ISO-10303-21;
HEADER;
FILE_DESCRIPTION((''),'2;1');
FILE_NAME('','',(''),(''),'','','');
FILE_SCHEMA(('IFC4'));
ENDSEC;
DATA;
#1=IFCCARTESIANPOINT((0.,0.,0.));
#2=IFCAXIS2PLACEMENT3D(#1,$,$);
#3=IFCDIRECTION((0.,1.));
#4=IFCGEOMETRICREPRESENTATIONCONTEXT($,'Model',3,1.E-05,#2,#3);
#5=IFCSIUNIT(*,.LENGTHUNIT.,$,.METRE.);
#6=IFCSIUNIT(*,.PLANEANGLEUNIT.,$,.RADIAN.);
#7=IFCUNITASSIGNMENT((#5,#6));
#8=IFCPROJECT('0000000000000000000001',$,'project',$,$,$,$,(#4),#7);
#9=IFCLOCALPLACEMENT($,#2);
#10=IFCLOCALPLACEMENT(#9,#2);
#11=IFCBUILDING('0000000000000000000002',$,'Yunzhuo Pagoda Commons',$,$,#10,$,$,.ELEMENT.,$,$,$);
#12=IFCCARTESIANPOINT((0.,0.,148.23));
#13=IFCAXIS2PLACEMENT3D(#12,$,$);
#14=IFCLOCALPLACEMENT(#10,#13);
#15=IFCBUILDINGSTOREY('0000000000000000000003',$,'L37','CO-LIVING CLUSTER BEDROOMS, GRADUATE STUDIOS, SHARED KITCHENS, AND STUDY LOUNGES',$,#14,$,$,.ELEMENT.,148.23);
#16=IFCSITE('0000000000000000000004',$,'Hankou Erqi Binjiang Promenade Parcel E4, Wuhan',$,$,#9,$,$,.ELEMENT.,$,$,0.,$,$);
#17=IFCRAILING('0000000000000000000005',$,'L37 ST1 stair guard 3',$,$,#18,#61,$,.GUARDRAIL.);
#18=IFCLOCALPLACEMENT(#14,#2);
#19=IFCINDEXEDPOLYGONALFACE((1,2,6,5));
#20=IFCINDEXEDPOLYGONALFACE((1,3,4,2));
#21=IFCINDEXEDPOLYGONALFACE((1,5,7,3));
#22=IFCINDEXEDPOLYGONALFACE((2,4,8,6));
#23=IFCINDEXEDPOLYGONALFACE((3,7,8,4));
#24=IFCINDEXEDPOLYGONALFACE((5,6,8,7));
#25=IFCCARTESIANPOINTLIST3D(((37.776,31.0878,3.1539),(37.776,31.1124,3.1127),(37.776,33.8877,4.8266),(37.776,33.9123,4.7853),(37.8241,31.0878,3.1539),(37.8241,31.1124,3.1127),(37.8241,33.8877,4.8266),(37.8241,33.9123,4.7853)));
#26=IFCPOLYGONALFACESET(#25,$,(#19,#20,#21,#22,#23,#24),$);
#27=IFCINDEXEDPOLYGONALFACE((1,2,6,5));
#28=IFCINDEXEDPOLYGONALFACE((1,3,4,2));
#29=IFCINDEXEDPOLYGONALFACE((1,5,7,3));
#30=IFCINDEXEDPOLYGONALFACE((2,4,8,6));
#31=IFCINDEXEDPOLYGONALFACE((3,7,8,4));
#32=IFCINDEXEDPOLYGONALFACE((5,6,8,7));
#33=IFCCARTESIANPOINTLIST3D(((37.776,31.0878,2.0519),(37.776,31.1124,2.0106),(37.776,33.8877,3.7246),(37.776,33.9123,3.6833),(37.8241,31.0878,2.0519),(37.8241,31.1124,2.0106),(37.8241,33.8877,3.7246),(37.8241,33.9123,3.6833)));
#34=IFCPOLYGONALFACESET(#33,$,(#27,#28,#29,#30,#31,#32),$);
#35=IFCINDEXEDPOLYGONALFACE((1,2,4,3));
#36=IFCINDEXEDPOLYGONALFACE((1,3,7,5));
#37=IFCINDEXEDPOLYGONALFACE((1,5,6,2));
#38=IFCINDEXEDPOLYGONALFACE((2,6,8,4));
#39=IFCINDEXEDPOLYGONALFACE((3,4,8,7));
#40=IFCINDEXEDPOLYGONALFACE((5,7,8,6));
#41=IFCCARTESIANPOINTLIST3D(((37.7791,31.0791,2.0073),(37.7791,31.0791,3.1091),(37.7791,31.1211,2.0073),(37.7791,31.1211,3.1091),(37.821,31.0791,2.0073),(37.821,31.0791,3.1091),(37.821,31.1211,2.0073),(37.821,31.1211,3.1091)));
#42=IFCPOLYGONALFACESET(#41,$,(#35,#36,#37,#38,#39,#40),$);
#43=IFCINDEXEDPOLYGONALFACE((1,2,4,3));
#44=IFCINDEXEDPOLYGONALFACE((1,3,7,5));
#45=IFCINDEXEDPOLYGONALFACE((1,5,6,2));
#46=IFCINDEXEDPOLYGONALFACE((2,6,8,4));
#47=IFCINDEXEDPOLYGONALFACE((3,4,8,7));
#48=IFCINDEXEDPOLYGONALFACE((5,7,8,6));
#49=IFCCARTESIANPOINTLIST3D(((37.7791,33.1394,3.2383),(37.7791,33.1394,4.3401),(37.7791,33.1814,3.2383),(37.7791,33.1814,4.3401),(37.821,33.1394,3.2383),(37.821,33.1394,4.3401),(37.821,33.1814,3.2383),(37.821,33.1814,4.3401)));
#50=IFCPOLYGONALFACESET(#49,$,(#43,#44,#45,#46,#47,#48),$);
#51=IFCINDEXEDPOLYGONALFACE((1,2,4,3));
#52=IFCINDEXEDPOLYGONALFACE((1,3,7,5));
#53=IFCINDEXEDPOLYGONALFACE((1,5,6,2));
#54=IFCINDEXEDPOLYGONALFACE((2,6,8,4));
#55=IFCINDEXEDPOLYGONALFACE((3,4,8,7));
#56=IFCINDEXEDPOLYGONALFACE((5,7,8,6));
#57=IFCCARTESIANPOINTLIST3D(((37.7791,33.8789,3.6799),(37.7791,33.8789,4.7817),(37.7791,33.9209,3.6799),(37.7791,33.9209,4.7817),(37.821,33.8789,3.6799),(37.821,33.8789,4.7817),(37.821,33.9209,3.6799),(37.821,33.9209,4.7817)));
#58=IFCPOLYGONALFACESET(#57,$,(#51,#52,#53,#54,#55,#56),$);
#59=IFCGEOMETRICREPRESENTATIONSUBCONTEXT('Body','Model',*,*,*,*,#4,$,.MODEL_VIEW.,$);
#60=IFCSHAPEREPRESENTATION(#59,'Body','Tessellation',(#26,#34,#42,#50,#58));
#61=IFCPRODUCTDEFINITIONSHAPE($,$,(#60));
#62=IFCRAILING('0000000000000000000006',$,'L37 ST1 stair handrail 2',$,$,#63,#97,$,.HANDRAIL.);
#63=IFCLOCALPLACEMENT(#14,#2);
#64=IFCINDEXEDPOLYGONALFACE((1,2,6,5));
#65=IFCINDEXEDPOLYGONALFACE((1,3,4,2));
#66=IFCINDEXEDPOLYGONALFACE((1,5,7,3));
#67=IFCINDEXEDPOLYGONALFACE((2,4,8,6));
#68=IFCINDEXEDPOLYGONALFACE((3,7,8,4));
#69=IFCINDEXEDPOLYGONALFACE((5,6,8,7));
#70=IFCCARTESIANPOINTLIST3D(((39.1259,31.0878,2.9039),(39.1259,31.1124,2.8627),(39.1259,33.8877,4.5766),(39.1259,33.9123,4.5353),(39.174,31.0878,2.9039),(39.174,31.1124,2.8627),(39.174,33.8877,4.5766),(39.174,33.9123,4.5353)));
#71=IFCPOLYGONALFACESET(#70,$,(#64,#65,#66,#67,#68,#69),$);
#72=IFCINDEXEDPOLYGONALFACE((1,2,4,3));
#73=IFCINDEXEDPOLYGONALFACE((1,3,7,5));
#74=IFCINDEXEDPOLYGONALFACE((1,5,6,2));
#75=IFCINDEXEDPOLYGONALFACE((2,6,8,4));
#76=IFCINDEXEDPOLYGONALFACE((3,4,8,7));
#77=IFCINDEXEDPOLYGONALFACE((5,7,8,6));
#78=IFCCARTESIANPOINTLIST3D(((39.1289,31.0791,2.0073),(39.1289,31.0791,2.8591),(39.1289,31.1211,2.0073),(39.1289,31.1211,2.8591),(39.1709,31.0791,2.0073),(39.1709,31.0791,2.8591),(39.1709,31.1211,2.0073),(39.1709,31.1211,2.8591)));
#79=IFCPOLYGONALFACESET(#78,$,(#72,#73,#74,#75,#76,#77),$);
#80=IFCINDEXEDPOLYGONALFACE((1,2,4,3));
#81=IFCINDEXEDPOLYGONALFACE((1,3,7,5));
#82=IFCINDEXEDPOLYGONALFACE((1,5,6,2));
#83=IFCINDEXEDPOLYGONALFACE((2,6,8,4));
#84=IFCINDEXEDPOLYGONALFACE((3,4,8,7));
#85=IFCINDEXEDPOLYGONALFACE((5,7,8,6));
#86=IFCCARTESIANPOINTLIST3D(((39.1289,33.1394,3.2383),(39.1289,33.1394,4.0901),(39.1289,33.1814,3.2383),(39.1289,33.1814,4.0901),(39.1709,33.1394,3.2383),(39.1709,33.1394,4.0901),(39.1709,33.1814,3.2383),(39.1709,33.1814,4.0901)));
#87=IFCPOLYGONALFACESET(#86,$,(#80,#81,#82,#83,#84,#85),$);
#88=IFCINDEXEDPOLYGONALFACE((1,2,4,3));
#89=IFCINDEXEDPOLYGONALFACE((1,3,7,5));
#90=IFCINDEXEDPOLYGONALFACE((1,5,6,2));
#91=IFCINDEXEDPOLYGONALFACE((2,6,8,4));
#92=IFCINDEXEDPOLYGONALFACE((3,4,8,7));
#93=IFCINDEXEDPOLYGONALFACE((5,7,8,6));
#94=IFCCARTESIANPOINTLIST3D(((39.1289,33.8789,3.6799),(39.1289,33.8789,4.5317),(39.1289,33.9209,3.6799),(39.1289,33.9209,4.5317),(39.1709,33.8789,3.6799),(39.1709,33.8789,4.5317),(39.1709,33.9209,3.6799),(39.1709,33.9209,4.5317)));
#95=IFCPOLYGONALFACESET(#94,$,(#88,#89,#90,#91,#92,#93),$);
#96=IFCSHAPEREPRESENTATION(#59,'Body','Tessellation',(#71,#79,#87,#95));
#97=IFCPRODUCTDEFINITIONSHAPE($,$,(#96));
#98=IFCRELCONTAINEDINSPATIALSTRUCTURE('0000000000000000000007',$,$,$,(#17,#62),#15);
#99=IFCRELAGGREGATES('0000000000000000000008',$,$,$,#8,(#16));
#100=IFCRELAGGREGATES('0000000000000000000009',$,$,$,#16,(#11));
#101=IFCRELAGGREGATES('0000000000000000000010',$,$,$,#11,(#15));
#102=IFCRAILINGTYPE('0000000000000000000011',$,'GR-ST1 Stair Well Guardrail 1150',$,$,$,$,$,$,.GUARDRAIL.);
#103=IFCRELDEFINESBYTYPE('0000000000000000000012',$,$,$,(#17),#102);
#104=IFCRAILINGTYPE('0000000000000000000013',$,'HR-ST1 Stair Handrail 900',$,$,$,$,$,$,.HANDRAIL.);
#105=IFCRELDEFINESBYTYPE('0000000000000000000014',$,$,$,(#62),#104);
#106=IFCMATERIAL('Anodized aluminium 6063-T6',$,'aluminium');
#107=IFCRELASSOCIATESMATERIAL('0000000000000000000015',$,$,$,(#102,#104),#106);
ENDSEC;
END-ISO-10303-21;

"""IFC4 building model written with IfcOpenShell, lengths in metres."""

from ifc_helpers import new_model, si_unit, direction, frame, origin, origin_2d, place, context, subcontext, project, spatial, rectangle, extrude, material, type_object, element, save


model = new_model("IFC4")

# Units and contexts
model_context = context("Model", 3, precision=1e-05, world=origin(), true_north=direction((0.0, 1.0)))
body_context = subcontext(model_context, "Body", "Model", "MODEL_VIEW")
ifc_project = project(units=[si_unit("LENGTHUNIT", "METRE"), si_unit("PLANEANGLEUNIT", "RADIAN")], contexts=[model_context])

# Site, building, storey
site_placement = place(None, origin())
site = spatial("IfcSite", under=ifc_project, at=site_placement, Name="Hankou Erqi Binjiang Promenade Parcel E4, Wuhan", CompositionType="ELEMENT", RefElevation=0.0)
building_placement = place(site_placement, origin())
building = spatial("IfcBuilding", under=site, at=building_placement, Name="Yunzhuo Pagoda Commons", CompositionType="ELEMENT")
storey_placement = place(building_placement, frame((0.0, 0.0, 148.23)))
storey = spatial("IfcBuildingStorey", under=building, at=storey_placement, Name="L37", Description="CO-LIVING CLUSTER BEDROOMS, GRADUATE STUDIOS, SHARED KITCHENS, AND STUDY LOUNGES", CompositionType="ELEMENT", Elevation=148.23)

# Railings
ifc_material_1 = material(Name="Anodized aluminium 6063-T6", Category="aluminium")
railing_type_1 = type_object("IfcRailingType", Name="GR-ST1 Stair Well Guardrail 1150", PredefinedType="GUARDRAIL", material=ifc_material_1)
railing_1_placement = place(storey_placement, frame((37.8, 31.1001, 2.0073)))
element("IfcRailing", 1, at=railing_1_placement, inside=storey, type_object=railing_type_1, Name="L37 ST1 stair guard 3", PredefinedType="GUARDRAIL", context=body_context, shape_type="SweptSolid", body=[
    extrude(rectangle(XDim=0.0481, YDim=0.0481, at=origin_2d()), frame((0.0, 0.0, 1.126), z_axis=(0.0, 0.858476, 0.512855), x_axis=(-1.0, 0.0, 0.0)), (0.0, 0.0, 1.0), 3.2615),
    extrude(rectangle(XDim=0.0481, YDim=0.0481, at=origin_2d()), frame((0.0, 0.0, 0.0239), z_axis=(0.0, 0.858476, 0.512855), x_axis=(-1.0, 0.0, 0.0)), (0.0, 0.0, 1.0), 3.2615),
    extrude(rectangle(XDim=0.042, YDim=0.042, at=origin_2d()), origin(), (0.0, 0.0, 1.0), 1.1018),
    extrude(rectangle(XDim=0.042, YDim=0.042, at=origin_2d()), frame((0.0, 2.0603, 1.231)), (0.0, 0.0, 1.0), 1.1018),
    extrude(rectangle(XDim=0.042, YDim=0.042, at=origin_2d()), frame((0.0, 2.7998, 1.6726)), (0.0, 0.0, 1.0), 1.1018),
])
railing_type_2 = type_object("IfcRailingType", Name="HR-ST1 Stair Handrail 900", PredefinedType="HANDRAIL", material=ifc_material_1)
railing_2_placement = place(storey_placement, frame((39.1499, 31.1001, 2.0073)))
element("IfcRailing", 2, at=railing_2_placement, inside=storey, type_object=railing_type_2, Name="L37 ST1 stair handrail 2", PredefinedType="HANDRAIL", context=body_context, shape_type="SweptSolid", body=[
    extrude(rectangle(XDim=0.0481, YDim=0.0481, at=origin_2d()), frame((0.0, 0.0, 0.876), z_axis=(0.0, 0.858476, 0.512855), x_axis=(-1.0, 0.0, 0.0)), (0.0, 0.0, 1.0), 3.2615),
    extrude(rectangle(XDim=0.042, YDim=0.042, at=origin_2d()), origin(), (0.0, 0.0, 1.0), 0.8518),
    extrude(rectangle(XDim=0.042, YDim=0.042, at=origin_2d()), frame((0.0, 2.0603, 1.231)), (0.0, 0.0, 1.0), 0.8518),
    extrude(rectangle(XDim=0.042, YDim=0.042, at=origin_2d()), frame((0.0, 2.7998, 1.6726)), (0.0, 0.0, 1.0), 0.8518),
])

save(model, "model.ifc")
